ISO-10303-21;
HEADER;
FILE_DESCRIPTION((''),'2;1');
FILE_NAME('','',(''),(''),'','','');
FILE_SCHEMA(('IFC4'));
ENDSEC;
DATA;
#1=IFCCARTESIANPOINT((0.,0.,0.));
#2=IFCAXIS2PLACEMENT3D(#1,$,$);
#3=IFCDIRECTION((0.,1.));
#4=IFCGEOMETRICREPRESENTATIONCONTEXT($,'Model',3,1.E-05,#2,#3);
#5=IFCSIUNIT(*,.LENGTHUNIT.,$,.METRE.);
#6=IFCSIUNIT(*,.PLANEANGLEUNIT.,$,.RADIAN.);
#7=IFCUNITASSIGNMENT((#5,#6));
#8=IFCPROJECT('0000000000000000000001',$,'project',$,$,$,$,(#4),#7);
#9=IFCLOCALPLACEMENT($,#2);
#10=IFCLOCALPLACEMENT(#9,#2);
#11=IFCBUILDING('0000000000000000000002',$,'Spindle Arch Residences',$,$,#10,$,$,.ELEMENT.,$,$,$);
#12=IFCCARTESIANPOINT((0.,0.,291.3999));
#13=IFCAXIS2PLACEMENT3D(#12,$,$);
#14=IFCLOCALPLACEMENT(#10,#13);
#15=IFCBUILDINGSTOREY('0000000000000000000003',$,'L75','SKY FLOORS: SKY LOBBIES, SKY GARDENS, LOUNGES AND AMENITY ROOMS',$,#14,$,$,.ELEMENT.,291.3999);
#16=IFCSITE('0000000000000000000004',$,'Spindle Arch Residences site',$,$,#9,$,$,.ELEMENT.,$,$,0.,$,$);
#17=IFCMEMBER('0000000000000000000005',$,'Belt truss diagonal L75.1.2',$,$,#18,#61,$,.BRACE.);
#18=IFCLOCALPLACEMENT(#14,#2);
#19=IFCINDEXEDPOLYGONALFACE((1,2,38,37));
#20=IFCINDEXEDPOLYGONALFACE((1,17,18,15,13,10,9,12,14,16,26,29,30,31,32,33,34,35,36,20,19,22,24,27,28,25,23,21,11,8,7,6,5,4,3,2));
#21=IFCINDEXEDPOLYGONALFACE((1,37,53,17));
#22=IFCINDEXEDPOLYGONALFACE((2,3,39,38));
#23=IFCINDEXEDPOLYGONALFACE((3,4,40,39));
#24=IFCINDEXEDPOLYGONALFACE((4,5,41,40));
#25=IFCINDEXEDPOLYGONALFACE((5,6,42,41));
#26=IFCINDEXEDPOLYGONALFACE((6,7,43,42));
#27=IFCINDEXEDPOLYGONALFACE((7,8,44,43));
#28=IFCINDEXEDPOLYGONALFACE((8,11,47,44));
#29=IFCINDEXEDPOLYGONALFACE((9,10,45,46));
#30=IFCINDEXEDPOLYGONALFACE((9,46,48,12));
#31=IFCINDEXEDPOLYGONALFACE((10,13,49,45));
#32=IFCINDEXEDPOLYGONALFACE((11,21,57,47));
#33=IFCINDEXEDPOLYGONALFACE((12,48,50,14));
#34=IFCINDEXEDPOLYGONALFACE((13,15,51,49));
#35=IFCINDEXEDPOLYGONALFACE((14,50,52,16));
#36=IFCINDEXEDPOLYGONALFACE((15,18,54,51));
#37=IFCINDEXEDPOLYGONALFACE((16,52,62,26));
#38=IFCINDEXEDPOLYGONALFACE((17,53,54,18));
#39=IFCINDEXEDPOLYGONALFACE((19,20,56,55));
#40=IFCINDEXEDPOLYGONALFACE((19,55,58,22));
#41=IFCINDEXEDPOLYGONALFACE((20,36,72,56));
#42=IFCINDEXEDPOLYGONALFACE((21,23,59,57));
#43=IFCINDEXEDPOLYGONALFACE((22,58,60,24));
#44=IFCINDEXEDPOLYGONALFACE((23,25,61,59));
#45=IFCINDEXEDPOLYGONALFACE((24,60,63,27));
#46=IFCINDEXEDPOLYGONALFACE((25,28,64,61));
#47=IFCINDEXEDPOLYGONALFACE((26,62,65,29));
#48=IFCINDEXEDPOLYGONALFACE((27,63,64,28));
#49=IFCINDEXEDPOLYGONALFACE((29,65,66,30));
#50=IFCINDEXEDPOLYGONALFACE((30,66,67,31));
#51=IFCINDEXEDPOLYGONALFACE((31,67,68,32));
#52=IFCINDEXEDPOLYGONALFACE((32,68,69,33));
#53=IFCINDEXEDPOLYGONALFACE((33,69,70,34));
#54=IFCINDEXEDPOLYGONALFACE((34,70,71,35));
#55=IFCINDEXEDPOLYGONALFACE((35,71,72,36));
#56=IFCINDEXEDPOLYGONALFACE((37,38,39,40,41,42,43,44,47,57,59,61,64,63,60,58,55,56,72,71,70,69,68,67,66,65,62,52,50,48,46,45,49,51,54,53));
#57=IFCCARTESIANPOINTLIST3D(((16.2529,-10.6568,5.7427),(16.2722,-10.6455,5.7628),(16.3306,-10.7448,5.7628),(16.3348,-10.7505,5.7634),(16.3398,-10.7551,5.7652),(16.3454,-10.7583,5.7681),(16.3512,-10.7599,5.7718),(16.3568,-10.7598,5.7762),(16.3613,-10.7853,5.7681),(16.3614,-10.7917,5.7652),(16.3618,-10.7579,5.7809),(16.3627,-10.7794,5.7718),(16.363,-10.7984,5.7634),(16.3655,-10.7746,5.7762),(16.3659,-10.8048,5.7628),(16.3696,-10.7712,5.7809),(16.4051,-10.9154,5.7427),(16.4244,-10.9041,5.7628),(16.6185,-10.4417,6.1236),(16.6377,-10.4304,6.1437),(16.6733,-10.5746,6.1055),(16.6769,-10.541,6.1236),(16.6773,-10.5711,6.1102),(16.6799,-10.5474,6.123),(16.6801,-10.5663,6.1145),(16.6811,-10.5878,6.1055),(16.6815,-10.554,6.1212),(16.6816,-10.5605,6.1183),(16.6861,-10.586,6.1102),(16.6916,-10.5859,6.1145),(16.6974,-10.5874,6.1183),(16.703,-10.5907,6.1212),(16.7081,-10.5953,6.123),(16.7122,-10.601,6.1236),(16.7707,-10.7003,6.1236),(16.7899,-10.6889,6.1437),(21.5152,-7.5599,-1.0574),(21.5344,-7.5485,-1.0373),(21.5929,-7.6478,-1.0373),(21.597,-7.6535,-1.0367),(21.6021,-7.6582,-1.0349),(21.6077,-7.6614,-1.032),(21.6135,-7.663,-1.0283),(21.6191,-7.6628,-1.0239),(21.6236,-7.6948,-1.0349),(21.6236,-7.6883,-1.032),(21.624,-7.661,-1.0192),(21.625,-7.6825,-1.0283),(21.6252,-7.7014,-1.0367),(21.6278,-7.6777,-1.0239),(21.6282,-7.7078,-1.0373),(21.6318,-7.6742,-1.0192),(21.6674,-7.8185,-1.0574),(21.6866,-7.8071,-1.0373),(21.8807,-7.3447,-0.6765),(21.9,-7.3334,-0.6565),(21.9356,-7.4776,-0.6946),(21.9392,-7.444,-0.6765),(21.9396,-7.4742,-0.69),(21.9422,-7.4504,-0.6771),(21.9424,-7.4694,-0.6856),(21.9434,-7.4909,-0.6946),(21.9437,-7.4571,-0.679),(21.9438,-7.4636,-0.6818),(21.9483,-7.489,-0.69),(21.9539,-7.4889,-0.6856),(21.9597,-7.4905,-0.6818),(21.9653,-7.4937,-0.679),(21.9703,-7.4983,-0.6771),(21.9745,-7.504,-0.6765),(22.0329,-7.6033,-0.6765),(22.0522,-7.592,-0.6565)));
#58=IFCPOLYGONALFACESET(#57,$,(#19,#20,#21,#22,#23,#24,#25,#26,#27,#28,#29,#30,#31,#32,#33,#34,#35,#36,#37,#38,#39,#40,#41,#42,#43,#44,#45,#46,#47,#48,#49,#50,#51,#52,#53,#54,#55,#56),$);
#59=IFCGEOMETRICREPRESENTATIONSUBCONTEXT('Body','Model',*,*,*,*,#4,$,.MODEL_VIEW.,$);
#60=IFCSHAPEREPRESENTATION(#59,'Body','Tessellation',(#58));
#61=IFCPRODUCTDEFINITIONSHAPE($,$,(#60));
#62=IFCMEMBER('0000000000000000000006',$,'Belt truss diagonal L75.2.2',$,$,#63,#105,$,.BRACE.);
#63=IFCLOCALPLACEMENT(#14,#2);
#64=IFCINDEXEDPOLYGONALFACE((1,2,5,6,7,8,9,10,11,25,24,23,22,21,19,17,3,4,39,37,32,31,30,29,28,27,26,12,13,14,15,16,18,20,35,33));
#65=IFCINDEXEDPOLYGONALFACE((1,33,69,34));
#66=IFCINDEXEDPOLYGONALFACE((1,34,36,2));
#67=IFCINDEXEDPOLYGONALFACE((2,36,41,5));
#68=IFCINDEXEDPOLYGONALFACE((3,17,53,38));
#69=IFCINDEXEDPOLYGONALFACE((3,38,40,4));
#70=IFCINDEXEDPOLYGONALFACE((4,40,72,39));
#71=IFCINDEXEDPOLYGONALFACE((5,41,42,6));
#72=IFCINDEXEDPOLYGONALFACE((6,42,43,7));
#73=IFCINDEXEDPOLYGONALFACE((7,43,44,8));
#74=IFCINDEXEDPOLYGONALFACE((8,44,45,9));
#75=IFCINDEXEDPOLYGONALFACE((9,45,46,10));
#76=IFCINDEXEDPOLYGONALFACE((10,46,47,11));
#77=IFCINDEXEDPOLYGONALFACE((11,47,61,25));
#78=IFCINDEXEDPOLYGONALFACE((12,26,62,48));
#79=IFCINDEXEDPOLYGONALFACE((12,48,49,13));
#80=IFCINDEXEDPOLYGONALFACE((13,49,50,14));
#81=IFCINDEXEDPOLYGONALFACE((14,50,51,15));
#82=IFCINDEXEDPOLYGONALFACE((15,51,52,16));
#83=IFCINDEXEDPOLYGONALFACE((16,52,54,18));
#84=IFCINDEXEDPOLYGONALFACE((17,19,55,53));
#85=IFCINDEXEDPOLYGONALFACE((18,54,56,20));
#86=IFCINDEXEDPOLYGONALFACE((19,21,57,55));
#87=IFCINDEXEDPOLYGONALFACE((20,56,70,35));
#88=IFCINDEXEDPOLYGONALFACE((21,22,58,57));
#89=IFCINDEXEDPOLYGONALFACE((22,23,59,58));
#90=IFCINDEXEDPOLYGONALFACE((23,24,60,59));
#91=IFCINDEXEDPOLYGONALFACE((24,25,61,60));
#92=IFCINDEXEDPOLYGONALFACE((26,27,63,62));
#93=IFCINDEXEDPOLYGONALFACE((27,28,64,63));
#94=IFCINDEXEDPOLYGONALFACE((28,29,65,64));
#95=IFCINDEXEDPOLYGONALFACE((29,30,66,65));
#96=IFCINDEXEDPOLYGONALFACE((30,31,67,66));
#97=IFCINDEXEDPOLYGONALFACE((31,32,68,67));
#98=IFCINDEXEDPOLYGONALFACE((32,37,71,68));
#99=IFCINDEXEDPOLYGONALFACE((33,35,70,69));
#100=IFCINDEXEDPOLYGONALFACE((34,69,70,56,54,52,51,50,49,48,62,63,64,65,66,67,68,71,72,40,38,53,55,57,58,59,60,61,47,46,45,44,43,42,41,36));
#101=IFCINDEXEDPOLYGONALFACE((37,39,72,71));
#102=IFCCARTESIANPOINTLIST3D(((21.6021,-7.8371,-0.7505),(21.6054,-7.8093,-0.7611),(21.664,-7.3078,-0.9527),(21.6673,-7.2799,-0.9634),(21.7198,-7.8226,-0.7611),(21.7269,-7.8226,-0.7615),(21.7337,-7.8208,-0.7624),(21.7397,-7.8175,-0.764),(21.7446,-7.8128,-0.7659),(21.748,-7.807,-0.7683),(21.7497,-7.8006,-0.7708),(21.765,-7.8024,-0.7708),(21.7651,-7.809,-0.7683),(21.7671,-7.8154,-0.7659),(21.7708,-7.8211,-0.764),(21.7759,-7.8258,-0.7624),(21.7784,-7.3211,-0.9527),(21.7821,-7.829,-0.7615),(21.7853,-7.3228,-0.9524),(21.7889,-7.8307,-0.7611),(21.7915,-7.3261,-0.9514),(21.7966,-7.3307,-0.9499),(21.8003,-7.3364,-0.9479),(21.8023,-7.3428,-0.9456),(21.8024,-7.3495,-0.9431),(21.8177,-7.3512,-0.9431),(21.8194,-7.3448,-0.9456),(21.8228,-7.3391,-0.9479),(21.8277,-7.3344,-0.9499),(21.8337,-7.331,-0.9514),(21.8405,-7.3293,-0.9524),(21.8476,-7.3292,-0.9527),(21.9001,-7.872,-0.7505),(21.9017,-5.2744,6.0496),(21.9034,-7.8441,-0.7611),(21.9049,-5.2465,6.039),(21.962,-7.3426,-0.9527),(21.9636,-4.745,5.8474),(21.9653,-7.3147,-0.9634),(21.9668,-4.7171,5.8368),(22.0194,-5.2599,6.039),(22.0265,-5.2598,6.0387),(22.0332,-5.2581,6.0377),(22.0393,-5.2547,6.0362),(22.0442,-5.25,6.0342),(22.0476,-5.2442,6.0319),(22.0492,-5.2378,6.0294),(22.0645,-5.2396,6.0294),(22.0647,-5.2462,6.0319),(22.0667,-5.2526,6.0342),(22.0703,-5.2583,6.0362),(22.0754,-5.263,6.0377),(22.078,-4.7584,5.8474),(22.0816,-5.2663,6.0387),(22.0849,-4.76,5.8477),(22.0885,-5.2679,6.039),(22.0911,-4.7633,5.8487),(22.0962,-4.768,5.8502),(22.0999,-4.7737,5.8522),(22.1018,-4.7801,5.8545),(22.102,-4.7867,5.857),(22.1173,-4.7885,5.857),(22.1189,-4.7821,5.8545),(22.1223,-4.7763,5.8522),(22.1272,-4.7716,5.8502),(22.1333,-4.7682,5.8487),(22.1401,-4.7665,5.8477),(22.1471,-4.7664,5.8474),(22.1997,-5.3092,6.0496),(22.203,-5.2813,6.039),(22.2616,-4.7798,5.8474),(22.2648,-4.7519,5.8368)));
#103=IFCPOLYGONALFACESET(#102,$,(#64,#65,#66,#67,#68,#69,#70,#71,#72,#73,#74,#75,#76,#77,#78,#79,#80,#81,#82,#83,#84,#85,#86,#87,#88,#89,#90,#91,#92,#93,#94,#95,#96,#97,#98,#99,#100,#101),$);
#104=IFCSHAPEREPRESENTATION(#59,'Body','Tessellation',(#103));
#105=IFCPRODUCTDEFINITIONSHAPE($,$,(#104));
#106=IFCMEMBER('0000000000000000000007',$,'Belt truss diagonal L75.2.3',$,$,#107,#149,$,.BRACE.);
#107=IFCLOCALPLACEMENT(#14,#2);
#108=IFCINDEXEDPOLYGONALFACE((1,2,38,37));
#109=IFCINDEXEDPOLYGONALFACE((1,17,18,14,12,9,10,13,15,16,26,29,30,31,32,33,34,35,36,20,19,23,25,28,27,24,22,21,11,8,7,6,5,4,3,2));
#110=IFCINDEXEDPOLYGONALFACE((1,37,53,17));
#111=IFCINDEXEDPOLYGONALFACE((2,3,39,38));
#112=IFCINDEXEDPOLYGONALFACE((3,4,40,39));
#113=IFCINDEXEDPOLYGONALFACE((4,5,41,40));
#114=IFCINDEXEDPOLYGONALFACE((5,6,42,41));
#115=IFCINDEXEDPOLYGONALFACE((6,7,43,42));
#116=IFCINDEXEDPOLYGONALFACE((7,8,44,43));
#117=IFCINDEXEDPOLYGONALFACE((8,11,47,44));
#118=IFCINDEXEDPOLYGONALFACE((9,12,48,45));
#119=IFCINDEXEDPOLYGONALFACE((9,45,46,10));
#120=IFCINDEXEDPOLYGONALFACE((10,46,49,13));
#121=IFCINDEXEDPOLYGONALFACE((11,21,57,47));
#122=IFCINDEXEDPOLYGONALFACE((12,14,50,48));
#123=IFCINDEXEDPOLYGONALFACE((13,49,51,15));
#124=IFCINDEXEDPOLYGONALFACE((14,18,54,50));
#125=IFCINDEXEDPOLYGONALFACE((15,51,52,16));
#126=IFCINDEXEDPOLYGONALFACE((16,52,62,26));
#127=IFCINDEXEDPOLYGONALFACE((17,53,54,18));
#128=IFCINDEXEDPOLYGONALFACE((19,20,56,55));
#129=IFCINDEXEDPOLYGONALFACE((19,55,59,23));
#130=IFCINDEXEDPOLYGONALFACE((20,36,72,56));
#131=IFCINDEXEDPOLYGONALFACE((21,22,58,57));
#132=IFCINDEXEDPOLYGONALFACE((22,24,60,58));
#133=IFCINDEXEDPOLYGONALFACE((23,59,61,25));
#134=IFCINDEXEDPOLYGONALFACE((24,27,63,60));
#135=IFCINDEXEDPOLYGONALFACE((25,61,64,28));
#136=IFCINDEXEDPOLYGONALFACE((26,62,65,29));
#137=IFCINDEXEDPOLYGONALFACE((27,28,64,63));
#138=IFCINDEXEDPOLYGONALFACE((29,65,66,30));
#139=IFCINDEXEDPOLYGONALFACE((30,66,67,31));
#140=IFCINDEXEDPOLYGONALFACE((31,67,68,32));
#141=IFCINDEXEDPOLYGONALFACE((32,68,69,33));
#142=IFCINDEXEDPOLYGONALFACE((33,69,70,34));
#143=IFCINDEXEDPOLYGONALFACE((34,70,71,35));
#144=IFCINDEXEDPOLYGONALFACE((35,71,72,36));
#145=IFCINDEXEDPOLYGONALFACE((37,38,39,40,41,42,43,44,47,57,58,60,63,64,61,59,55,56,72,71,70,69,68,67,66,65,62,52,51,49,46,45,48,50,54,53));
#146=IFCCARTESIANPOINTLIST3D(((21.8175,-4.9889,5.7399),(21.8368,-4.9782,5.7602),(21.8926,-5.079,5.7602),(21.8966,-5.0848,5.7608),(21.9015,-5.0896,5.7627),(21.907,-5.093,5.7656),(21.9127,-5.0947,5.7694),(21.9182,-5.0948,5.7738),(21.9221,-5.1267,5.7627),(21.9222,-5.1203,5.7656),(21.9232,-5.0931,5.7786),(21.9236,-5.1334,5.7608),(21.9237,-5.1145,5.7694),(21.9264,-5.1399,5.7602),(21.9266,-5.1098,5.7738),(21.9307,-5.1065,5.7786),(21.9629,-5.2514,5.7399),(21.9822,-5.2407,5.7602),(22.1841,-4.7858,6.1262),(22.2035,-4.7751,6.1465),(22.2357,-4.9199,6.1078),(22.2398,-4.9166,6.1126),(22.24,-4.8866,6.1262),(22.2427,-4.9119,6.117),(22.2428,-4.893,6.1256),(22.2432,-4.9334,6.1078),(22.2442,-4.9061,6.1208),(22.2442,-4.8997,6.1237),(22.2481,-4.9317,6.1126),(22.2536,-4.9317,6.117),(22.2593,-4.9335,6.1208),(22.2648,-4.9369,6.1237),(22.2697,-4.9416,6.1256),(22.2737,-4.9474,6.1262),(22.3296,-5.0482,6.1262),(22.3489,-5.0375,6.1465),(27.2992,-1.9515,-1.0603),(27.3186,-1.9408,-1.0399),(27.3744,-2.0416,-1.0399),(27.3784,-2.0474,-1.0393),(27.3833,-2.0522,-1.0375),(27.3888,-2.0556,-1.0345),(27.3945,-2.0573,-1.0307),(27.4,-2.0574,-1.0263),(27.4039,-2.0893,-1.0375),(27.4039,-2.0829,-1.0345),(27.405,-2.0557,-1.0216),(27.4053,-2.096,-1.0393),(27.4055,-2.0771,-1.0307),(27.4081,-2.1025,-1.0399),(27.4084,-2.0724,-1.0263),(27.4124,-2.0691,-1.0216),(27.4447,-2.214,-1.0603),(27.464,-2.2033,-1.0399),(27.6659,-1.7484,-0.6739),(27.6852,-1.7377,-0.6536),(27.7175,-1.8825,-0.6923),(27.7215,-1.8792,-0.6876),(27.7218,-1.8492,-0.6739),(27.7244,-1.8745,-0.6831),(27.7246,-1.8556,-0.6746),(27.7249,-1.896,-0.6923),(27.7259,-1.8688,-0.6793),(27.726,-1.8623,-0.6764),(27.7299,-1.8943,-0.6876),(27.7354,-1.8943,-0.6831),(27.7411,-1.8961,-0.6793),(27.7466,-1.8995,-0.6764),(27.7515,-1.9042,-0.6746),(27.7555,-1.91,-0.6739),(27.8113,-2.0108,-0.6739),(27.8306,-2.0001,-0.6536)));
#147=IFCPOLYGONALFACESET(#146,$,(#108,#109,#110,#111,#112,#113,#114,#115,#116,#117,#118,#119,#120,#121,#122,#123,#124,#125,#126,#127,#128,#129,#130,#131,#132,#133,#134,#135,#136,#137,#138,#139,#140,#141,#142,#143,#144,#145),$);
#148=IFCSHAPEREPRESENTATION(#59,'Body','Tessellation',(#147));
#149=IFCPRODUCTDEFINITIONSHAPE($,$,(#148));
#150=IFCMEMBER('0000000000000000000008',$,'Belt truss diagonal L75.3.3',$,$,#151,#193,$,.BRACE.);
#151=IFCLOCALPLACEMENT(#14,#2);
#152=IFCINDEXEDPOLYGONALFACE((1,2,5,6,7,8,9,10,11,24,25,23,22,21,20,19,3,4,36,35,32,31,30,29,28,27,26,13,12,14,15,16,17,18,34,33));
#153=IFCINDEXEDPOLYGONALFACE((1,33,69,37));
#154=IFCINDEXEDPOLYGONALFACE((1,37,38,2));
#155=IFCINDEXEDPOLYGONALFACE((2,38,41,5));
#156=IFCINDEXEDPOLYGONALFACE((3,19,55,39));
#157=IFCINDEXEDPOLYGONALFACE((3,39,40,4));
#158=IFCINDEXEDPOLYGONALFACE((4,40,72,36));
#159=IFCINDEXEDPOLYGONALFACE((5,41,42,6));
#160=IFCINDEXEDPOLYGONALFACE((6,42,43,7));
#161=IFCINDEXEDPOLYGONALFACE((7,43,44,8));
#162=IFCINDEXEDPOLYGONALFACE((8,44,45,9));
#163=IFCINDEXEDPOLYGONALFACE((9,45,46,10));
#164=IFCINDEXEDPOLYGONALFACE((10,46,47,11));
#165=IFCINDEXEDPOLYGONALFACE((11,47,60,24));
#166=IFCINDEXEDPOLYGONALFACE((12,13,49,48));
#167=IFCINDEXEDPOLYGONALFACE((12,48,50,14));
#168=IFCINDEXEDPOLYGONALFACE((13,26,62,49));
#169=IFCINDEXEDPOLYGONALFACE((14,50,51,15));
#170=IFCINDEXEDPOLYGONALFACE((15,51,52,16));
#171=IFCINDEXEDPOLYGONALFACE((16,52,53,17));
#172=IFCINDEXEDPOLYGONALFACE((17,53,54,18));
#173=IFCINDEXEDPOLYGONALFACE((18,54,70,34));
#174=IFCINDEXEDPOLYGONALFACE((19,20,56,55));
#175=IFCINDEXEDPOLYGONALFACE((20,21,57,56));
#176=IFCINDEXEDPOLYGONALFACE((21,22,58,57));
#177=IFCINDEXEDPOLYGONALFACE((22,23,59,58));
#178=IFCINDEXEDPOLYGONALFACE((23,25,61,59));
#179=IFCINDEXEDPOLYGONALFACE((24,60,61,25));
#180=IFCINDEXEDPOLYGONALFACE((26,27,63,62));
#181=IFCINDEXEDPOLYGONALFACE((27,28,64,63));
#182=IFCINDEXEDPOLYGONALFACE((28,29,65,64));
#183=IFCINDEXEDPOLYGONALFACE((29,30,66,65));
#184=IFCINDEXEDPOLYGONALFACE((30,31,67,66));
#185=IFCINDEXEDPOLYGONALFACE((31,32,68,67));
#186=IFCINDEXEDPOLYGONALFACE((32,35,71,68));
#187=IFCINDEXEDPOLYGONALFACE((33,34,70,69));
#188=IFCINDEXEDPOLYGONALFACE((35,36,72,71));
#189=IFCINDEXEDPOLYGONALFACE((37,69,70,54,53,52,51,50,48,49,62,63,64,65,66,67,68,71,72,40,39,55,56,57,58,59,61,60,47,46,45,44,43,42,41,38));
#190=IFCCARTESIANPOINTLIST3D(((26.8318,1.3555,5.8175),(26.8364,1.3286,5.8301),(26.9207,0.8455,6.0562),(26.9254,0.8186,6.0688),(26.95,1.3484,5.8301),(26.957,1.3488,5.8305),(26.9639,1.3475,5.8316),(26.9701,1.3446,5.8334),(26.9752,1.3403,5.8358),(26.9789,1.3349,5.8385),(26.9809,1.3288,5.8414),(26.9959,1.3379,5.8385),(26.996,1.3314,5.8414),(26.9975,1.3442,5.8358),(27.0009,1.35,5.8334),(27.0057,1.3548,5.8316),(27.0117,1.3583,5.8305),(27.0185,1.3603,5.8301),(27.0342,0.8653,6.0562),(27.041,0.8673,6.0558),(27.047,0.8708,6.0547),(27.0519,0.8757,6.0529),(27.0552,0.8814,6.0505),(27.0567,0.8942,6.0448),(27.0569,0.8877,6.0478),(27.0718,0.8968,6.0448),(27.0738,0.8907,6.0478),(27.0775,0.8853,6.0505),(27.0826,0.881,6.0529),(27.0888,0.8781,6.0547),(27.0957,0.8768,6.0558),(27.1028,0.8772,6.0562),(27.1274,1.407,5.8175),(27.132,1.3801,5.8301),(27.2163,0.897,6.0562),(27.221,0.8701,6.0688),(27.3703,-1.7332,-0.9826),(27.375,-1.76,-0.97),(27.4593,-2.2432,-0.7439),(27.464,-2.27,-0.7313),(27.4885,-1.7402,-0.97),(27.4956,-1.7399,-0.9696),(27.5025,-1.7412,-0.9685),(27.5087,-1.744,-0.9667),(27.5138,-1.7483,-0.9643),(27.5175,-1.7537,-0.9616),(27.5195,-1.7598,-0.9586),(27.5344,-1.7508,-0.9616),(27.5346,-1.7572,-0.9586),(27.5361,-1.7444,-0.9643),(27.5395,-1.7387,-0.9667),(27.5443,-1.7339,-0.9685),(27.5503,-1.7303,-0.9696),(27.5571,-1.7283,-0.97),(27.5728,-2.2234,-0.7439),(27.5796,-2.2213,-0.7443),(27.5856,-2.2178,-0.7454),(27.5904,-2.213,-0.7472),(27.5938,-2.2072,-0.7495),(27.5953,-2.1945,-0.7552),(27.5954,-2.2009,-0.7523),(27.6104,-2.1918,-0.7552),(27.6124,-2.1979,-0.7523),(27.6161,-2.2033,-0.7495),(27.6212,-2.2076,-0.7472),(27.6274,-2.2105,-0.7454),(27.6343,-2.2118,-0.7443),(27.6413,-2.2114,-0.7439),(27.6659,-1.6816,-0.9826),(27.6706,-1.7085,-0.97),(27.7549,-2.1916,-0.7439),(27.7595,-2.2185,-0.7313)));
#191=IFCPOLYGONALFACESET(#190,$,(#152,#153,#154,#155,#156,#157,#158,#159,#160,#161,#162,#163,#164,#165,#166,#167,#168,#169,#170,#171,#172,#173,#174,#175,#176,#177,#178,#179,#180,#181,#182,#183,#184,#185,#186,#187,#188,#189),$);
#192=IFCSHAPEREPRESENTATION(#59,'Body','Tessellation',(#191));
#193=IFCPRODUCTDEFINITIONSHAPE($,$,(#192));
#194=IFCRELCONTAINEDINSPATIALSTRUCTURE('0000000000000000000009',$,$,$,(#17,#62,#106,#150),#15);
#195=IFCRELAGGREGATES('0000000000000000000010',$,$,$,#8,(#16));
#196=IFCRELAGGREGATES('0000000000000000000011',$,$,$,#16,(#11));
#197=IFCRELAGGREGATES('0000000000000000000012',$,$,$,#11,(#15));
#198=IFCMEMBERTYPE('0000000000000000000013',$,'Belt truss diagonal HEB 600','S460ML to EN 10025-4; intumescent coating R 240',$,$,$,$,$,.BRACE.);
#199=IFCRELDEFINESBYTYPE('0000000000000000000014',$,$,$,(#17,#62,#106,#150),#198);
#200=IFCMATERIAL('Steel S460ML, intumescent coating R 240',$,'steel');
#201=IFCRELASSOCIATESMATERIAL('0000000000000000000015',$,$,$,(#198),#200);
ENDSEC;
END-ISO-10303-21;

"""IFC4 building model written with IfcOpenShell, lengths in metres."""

from ifc_helpers import new_model, si_unit, direction, frame, origin, origin_2d, place, context, subcontext, project, spatial, i_section, extrude, material, material_profile, profile_set, type_object, element, save


model = new_model("IFC4")

# Units and contexts
model_context = context("Model", 3, precision=1e-05, world=origin(), true_north=direction((0.0, 1.0)))
body_context = subcontext(model_context, "Body", "Model", "MODEL_VIEW")
ifc_project = project(units=[si_unit("LENGTHUNIT", "METRE"), si_unit("PLANEANGLEUNIT", "RADIAN")], contexts=[model_context])

# Site, building, storey
site_placement = place(None, origin())
site = spatial("IfcSite", under=ifc_project, at=site_placement, Name="Spindle Arch Residences site", CompositionType="ELEMENT", RefElevation=0.0)
building_placement = place(site_placement, origin())
building = spatial("IfcBuilding", under=site, at=building_placement, Name="Spindle Arch Residences", CompositionType="ELEMENT")
storey_placement = place(building_placement, frame((0.0, 0.0, 291.3999)))
storey = spatial("IfcBuildingStorey", under=building, at=storey_placement, Name="L75", Description="SKY FLOORS: SKY LOBBIES, SKY GARDENS, LOUNGES AND AMENITY ROOMS", CompositionType="ELEMENT", Elevation=291.3999)

# Members
ifc_material_1 = material(Name="Steel S460ML, intumescent coating R 240", Category="steel")
ifc_material_profile_1 = material_profile(ifc_material_1, i_section(OverallWidth=0.3, OverallDepth=0.6001, WebThickness=0.0154, FlangeThickness=0.03, FilletRadius=0.0271, at=origin_2d()), Name="HEB 600")
ifc_profile_set_1 = profile_set([ifc_material_profile_1], Name="Steel S460ML, intumescent coating R 240")
member_type_1 = type_object("IfcMemberType", Name="Belt truss diagonal HEB 600", Description="S460ML to EN 10025-4; intumescent coating R 240", PredefinedType="BRACE", material=ifc_profile_set_1)
member_1_placement = place(storey_placement, frame((21.7837, -7.5759, -0.8569), z_axis=(-0.575793, -0.338867, 0.744064), x_axis=(0.507204, -0.861826, 0.0)))
element("IfcMember", 1, at=member_1_placement, inside=storey, type_object=member_type_1, Name="Belt truss diagonal L75.1.2", PredefinedType="BRACE", context=body_context, shape_type="SweptSolid", body=[
    extrude(i_section(OverallWidth=0.3, OverallDepth=0.6001, WebThickness=0.0154, FlangeThickness=0.03, FilletRadius=0.0271, at=origin_2d()), origin(), (0.0, 0.0, 1.0), 9.1392),
])
member_2_placement = place(storey_placement, frame((21.7837, -7.5759, -0.8569), z_axis=(0.041187, 0.352359, 0.934958), x_axis=(-0.993238, 0.1161, 0.0)))
element("IfcMember", 2, at=member_2_placement, inside=storey, type_object=member_type_1, Name="Belt truss diagonal L75.2.2", PredefinedType="BRACE", context=body_context, shape_type="SweptSolid", body=[
    extrude(i_section(OverallWidth=0.3, OverallDepth=0.6001, WebThickness=0.0154, FlangeThickness=0.03, FilletRadius=0.0271, at=origin_2d()), origin(), (0.0, 0.0, 1.0), 7.2732),
])
member_3_placement = place(storey_placement, frame((27.5649, -1.9758, -0.8569), z_axis=(-0.592779, -0.328454, 0.735344), x_axis=(0.484664, -0.874701, 0.0)))
element("IfcMember", 3, at=member_3_placement, inside=storey, type_object=member_type_1, Name="Belt truss diagonal L75.2.3", PredefinedType="BRACE", context=body_context, shape_type="SweptSolid", body=[
    extrude(i_section(OverallWidth=0.3, OverallDepth=0.6001, WebThickness=0.0154, FlangeThickness=0.03, FilletRadius=0.0271, at=origin_2d()), origin(), (0.0, 0.0, 1.0), 9.2476),
])
member_4_placement = place(storey_placement, frame((27.5649, -1.9758, -0.8569), z_axis=(-0.071925, 0.412476, 0.908125), x_axis=(-0.985135, -0.171782, 0.0)))
element("IfcMember", 4, at=member_4_placement, inside=storey, type_object=member_type_1, Name="Belt truss diagonal L75.3.3", PredefinedType="BRACE", context=body_context, shape_type="SweptSolid", body=[
    extrude(i_section(OverallWidth=0.3, OverallDepth=0.6001, WebThickness=0.0154, FlangeThickness=0.03, FilletRadius=0.0271, at=origin_2d()), origin(), (0.0, 0.0, 1.0), 7.488),
])

save(model, "model.ifc")
